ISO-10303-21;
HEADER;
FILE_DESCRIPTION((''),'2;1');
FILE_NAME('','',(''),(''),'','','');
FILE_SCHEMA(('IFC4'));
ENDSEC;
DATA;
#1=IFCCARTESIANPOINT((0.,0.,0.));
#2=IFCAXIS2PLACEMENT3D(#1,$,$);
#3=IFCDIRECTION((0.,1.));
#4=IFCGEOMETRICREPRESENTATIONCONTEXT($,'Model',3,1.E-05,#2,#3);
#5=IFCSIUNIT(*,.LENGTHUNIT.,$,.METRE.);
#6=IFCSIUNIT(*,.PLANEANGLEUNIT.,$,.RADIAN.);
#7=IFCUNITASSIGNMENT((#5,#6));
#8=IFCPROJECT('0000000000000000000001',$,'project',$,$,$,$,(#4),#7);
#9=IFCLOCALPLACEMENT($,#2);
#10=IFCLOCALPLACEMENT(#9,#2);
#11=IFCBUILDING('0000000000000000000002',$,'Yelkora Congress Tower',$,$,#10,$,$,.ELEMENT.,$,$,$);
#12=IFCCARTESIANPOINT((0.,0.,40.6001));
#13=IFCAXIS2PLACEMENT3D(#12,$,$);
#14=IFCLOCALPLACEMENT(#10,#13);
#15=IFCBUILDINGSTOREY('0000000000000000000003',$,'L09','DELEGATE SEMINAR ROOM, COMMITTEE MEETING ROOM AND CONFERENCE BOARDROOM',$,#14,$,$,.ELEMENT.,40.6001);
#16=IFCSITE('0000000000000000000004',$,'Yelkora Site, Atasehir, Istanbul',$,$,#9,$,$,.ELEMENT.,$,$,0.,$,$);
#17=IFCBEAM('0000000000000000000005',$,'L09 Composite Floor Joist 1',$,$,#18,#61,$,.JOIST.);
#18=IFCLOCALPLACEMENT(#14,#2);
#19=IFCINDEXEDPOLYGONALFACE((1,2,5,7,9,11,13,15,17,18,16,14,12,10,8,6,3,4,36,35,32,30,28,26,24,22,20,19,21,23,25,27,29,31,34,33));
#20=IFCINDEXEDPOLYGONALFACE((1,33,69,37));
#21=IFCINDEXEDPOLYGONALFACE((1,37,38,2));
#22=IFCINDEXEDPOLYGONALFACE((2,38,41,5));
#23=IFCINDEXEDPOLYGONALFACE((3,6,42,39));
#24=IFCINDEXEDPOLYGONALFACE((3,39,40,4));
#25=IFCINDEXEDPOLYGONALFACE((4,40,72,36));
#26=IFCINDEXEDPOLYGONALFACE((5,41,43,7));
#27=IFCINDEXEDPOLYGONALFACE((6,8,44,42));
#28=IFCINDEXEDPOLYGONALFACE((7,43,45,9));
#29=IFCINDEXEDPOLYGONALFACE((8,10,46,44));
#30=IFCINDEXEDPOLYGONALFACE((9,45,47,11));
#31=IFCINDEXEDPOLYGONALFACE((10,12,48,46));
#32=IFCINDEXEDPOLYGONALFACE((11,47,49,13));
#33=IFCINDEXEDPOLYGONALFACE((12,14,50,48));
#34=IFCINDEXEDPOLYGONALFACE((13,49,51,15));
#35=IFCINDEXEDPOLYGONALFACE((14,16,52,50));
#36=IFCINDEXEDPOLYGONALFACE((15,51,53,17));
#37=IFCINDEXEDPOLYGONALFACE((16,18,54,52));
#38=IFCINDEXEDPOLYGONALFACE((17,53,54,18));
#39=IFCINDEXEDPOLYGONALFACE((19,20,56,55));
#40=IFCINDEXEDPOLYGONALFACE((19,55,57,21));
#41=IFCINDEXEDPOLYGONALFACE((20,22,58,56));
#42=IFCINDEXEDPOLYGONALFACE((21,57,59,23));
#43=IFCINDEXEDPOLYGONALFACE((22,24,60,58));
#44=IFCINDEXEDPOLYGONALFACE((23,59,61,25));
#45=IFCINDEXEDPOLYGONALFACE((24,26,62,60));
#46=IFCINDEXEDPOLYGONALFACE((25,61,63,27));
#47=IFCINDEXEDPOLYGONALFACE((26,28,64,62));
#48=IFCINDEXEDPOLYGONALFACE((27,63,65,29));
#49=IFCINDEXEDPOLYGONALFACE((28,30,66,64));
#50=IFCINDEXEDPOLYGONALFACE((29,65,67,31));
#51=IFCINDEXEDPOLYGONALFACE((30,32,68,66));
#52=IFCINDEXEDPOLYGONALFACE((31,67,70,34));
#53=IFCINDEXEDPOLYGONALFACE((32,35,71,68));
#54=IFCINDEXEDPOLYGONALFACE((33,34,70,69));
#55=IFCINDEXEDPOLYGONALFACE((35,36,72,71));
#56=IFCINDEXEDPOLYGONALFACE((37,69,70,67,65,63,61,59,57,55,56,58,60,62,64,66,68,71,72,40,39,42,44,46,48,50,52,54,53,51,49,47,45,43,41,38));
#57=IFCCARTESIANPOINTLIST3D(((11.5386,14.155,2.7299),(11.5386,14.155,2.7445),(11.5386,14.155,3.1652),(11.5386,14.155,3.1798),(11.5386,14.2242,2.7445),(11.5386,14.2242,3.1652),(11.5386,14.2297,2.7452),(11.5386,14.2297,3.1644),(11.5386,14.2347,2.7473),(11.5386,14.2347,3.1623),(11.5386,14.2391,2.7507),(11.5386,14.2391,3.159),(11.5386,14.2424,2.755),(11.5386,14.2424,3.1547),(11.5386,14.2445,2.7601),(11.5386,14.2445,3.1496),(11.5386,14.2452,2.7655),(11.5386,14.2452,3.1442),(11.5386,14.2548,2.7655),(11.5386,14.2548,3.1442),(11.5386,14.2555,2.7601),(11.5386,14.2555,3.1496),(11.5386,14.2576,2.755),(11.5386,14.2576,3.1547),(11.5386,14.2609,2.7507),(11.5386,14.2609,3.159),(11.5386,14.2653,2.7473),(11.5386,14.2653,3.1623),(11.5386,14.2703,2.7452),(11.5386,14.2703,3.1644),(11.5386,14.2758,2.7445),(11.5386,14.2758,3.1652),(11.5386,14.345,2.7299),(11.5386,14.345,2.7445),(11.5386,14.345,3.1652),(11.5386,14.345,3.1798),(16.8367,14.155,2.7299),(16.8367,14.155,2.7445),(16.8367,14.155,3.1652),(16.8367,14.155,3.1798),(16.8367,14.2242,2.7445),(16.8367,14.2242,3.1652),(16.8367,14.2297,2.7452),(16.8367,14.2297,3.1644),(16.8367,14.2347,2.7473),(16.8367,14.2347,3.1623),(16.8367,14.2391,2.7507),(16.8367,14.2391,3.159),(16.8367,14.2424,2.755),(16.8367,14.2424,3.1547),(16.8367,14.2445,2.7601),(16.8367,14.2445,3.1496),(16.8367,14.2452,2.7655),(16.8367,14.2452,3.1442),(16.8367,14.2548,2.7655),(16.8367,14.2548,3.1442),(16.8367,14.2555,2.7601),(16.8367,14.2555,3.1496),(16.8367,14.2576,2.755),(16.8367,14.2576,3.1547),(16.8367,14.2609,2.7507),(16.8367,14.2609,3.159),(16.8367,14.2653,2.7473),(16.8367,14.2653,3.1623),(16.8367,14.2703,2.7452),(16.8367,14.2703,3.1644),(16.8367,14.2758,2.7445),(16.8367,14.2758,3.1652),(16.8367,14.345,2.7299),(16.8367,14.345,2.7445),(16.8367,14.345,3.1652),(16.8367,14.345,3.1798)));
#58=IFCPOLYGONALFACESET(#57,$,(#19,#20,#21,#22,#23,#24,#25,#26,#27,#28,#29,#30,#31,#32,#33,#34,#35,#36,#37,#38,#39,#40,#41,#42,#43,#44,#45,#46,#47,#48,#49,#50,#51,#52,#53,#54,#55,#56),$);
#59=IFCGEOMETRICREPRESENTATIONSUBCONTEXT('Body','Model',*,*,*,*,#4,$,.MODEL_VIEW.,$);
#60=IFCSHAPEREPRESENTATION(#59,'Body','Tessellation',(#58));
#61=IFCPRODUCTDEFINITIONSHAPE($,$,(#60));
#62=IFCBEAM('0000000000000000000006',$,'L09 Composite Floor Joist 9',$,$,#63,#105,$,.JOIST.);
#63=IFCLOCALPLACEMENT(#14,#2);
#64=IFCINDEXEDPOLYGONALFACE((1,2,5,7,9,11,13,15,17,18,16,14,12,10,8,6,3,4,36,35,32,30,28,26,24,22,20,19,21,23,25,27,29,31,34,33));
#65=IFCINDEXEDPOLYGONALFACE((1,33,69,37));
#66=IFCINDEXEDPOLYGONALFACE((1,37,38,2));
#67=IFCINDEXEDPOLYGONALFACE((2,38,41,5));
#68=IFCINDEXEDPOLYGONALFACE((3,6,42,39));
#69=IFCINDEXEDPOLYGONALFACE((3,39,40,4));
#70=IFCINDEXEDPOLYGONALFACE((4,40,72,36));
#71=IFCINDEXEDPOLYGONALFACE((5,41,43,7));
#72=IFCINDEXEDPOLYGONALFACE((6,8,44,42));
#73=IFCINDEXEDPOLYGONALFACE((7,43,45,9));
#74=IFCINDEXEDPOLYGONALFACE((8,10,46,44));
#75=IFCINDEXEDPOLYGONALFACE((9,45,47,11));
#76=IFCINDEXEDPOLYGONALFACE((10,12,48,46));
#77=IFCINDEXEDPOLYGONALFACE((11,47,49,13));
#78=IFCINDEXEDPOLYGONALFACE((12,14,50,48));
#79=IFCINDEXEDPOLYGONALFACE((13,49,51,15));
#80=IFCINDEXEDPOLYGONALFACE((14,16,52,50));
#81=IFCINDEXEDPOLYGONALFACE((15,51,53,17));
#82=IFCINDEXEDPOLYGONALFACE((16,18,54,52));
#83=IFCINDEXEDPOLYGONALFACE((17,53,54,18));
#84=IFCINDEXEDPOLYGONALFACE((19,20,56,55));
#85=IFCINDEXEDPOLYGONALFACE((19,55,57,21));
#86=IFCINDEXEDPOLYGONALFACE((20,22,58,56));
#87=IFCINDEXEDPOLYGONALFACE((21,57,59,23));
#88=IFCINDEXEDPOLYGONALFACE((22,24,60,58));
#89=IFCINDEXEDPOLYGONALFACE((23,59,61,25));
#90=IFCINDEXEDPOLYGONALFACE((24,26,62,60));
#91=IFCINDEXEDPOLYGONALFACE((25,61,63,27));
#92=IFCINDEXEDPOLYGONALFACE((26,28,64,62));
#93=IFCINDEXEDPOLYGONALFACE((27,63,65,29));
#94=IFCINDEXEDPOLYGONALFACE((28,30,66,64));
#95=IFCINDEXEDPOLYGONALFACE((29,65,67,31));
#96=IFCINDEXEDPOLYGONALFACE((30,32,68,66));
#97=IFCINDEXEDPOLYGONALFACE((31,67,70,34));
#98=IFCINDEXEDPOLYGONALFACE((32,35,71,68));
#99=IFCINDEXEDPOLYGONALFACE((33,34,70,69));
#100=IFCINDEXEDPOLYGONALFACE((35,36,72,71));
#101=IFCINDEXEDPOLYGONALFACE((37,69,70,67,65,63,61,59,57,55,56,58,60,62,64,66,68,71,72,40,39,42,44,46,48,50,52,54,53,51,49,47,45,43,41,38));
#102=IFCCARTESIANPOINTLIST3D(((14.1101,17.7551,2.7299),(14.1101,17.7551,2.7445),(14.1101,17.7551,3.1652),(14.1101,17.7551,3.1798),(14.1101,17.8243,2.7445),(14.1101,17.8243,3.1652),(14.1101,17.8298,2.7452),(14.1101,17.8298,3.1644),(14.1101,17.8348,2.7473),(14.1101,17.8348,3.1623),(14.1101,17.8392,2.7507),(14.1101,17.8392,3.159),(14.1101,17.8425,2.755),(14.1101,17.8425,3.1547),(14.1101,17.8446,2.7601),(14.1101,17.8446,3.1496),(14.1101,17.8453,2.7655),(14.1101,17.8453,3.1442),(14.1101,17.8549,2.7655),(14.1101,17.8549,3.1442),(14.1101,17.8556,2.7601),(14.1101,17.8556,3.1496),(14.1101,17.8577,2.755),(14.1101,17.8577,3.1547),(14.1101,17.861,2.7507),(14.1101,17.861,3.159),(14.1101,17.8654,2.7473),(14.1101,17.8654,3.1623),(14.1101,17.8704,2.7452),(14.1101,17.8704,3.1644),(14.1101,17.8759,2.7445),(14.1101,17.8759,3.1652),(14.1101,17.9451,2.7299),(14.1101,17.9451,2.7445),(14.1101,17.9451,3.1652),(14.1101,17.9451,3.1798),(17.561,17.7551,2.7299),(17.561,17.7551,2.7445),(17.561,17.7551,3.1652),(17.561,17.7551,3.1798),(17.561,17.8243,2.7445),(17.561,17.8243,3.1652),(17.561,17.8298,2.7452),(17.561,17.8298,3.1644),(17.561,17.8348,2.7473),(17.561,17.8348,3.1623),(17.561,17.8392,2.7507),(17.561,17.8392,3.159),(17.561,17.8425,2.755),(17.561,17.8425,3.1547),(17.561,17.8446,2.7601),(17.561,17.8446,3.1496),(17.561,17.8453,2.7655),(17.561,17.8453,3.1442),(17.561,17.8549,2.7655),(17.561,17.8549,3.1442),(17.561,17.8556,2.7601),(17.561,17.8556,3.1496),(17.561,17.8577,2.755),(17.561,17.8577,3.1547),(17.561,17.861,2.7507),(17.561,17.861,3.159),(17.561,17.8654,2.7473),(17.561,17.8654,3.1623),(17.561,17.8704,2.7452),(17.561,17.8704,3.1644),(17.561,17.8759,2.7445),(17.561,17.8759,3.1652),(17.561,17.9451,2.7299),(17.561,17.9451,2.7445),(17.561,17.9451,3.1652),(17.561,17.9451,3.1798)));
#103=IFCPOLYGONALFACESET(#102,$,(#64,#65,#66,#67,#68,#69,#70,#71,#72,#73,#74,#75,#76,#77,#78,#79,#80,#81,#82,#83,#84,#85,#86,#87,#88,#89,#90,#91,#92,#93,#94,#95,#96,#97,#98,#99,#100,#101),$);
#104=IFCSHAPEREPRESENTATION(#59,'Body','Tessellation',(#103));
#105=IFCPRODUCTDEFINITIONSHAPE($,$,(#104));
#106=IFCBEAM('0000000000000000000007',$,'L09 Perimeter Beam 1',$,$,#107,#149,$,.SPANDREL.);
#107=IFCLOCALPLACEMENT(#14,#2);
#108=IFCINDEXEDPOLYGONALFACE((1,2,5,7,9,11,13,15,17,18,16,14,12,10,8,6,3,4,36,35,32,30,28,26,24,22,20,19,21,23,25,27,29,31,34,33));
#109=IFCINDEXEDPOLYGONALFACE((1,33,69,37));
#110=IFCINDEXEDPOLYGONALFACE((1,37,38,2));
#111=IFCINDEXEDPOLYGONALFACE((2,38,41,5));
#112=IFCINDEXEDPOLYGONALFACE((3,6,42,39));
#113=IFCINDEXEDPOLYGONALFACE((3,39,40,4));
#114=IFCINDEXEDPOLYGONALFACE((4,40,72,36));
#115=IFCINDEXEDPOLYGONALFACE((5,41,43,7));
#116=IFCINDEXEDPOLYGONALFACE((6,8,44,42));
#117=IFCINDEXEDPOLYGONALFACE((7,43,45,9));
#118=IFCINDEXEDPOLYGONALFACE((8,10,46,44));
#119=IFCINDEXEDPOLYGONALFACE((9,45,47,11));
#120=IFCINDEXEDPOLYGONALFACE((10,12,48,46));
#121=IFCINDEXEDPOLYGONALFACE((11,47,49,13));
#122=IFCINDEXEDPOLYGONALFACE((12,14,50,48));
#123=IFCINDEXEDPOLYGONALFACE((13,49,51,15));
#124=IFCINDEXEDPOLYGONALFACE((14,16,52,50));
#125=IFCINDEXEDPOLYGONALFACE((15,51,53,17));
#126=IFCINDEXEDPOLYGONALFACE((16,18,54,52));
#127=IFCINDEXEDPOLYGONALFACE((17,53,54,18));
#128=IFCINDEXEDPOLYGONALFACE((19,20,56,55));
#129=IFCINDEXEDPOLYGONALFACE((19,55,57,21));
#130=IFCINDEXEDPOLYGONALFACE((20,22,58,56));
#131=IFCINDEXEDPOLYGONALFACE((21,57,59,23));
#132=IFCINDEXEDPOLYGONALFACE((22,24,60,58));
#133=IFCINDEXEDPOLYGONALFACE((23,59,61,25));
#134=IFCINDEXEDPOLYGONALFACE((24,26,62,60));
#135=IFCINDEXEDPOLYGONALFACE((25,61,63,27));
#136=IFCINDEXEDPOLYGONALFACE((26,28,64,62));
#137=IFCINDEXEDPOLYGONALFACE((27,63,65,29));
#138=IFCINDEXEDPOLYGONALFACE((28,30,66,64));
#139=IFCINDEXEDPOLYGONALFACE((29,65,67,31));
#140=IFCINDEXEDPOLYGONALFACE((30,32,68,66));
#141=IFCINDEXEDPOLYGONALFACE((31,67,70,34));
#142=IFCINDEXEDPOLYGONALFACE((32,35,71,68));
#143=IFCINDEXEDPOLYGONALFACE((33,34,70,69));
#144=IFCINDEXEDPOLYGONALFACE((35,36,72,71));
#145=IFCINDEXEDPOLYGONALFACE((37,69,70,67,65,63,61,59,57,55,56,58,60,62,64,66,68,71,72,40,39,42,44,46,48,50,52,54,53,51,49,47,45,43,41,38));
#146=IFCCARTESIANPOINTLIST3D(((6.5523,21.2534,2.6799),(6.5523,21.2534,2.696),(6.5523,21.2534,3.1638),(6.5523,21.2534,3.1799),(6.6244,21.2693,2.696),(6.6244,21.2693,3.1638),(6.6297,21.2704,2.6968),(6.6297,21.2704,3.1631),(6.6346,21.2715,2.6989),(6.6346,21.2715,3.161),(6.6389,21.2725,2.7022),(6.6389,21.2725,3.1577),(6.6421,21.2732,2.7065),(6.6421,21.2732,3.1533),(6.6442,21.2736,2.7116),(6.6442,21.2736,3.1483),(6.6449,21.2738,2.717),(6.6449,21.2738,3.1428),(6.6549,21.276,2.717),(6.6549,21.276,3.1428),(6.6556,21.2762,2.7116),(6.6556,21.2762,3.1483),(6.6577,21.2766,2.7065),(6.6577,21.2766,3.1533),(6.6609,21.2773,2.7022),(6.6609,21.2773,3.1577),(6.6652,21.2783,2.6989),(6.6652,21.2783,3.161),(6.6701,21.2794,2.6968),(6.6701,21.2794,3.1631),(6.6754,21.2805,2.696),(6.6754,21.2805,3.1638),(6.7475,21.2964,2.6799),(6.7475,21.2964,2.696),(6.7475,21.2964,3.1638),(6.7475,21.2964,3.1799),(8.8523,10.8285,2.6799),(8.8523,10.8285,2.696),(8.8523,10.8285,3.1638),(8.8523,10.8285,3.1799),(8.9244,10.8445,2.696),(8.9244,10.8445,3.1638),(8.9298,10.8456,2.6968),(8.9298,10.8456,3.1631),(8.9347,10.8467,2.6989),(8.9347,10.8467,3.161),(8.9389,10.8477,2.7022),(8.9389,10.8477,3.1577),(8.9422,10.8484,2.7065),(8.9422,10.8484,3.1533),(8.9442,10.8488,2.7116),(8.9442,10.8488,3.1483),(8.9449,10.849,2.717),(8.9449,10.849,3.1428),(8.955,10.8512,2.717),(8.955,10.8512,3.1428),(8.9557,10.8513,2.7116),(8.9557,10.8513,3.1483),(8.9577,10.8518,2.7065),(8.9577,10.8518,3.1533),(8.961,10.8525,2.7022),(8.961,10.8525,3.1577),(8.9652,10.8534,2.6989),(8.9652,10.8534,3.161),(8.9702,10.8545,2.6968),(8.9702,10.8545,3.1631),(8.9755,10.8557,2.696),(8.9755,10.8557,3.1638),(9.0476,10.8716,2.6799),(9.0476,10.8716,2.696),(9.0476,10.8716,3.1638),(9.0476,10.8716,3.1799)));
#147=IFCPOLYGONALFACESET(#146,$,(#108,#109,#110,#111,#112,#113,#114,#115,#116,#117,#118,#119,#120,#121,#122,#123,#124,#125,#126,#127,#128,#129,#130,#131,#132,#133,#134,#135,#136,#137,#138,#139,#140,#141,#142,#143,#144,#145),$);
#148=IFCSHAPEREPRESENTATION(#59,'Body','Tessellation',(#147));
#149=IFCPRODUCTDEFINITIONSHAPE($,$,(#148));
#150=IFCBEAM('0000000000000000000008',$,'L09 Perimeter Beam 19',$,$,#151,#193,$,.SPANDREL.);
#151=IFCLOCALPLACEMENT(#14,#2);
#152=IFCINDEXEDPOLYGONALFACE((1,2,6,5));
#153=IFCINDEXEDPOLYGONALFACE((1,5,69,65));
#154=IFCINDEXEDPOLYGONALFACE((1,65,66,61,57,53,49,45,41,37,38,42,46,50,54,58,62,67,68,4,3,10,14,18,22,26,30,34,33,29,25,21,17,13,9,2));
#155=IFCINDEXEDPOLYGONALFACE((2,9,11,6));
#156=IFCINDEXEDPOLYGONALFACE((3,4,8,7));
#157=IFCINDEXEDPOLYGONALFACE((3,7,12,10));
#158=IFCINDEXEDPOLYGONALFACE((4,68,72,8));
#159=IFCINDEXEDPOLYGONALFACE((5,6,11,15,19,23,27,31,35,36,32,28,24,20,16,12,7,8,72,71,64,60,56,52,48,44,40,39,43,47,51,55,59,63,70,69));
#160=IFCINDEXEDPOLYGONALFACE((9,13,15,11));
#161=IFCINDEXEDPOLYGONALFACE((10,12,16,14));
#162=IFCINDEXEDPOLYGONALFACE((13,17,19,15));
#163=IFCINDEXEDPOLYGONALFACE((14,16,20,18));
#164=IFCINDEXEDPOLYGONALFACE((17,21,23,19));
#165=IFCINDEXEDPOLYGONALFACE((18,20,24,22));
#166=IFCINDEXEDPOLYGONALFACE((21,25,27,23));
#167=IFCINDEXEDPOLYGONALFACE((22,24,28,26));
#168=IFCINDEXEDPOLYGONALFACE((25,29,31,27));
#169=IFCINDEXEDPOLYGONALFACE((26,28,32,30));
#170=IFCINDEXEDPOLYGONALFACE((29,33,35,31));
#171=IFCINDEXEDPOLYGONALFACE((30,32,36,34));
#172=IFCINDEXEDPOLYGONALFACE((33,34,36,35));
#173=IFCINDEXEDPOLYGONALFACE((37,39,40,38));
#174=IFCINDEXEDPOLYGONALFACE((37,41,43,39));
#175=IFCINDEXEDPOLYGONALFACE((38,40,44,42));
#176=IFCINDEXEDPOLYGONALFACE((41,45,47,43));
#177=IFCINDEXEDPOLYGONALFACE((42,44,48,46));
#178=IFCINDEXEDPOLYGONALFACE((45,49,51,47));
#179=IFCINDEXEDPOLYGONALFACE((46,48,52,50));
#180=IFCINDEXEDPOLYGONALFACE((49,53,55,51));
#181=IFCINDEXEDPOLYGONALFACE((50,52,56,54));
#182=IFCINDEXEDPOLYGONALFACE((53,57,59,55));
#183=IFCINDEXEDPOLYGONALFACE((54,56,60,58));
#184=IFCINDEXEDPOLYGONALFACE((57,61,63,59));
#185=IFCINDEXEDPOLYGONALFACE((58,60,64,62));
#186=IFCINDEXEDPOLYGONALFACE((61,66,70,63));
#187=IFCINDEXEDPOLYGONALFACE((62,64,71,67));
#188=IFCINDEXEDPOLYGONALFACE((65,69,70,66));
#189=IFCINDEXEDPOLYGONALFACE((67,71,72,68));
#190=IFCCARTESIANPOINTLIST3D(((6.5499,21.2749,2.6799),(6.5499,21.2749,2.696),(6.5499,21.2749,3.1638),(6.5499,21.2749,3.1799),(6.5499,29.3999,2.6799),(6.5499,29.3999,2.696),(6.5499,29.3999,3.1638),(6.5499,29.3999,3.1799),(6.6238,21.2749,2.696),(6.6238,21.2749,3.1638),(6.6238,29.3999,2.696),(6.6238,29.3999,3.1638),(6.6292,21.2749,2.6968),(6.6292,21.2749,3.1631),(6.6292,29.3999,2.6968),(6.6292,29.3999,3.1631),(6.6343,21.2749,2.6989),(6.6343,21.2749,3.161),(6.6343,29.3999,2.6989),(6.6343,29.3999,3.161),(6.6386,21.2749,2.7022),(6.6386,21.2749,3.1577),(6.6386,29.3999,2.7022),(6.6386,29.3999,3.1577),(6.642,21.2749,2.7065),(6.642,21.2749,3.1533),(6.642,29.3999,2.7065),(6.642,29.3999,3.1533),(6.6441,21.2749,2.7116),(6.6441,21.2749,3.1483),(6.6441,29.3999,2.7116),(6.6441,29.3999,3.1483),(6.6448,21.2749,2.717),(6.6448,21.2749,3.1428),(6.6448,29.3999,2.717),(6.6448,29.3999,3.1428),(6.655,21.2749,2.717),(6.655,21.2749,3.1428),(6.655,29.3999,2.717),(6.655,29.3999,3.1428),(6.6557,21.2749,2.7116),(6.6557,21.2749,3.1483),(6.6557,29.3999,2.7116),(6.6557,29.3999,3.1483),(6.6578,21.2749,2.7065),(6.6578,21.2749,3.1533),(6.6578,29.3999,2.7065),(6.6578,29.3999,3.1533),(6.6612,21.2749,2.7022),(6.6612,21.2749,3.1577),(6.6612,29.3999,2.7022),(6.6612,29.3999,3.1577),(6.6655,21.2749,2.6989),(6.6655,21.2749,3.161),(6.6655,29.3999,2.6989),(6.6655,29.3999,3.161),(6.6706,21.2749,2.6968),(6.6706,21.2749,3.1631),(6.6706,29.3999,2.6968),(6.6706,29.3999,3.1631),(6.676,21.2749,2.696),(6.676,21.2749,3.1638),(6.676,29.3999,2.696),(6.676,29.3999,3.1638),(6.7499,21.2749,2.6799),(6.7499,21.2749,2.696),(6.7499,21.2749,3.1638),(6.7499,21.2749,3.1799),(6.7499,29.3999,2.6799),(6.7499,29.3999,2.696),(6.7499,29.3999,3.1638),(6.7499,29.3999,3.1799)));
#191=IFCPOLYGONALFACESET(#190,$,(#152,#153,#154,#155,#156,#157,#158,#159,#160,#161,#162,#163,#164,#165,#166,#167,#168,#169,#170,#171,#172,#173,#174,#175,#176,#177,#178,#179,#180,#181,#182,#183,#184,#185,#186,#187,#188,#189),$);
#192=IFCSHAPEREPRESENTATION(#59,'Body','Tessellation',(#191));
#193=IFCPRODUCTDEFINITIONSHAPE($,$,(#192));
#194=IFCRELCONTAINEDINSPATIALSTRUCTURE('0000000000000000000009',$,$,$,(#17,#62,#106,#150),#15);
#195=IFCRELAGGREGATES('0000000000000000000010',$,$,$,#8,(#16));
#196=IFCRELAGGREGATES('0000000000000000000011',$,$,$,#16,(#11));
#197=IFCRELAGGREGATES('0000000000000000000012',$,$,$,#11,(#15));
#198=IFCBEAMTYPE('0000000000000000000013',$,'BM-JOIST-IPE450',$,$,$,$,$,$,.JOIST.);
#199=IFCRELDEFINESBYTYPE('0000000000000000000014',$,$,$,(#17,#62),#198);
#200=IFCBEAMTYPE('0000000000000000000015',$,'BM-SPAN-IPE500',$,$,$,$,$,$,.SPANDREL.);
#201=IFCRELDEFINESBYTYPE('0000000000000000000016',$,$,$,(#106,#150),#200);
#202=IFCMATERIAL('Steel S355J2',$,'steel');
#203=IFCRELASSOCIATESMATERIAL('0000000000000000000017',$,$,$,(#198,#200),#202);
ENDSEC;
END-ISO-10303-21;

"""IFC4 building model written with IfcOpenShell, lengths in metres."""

from ifc_helpers import new_model, si_unit, direction, frame, origin, origin_2d, place, context, subcontext, project, spatial, i_section, extrude, material, material_profile, profile_set, type_object, element, save


model = new_model("IFC4")

# Units and contexts
model_context = context("Model", 3, precision=1e-05, world=origin(), true_north=direction((0.0, 1.0)))
body_context = subcontext(model_context, "Body", "Model", "MODEL_VIEW")
ifc_project = project(units=[si_unit("LENGTHUNIT", "METRE"), si_unit("PLANEANGLEUNIT", "RADIAN")], contexts=[model_context])

# Site, building, storey
site_placement = place(None, origin())
site = spatial("IfcSite", under=ifc_project, at=site_placement, Name="Yelkora Site, Atasehir, Istanbul", CompositionType="ELEMENT", RefElevation=0.0)
building_placement = place(site_placement, origin())
building = spatial("IfcBuilding", under=site, at=building_placement, Name="Yelkora Congress Tower", CompositionType="ELEMENT")
storey_placement = place(building_placement, frame((0.0, 0.0, 40.6001)))
storey = spatial("IfcBuildingStorey", under=building, at=storey_placement, Name="L09", Description="DELEGATE SEMINAR ROOM, COMMITTEE MEETING ROOM AND CONFERENCE BOARDROOM", CompositionType="ELEMENT", Elevation=40.6001)

# Beams
ifc_material_1 = material(Name="Steel S355J2", Category="steel")
ifc_material_profile_1 = material_profile(ifc_material_1, i_section(OverallWidth=0.1899, OverallDepth=0.45, WebThickness=0.0095, FlangeThickness=0.0146, FilletRadius=0.021, at=origin_2d()), Name="IPE 450")
ifc_profile_set_1 = profile_set([ifc_material_profile_1], Name="Steel S355J2")
beam_type_1 = type_object("IfcBeamType", Name="BM-JOIST-IPE450", PredefinedType="JOIST", material=ifc_profile_set_1)
beam_1_placement = place(storey_placement, frame((11.5386, 14.25, 2.9548), z_axis=(1.0, 0.0, 0.0), x_axis=(0.0, 1.0, 0.0)))
element("IfcBeam", 1, at=beam_1_placement, inside=storey, type_object=beam_type_1, Name="L09 Composite Floor Joist 1", PredefinedType="JOIST", context=body_context, shape_type="SweptSolid", body=[
    extrude(i_section(OverallWidth=0.1899, OverallDepth=0.45, WebThickness=0.0095, FlangeThickness=0.0146, FilletRadius=0.021, at=origin_2d()), origin(), (0.0, 0.0, 1.0), 5.2981),
])
beam_2_placement = place(storey_placement, frame((14.1101, 17.8501, 2.9548), z_axis=(1.0, 0.0, 0.0), x_axis=(0.0, 1.0, 0.0)))
element("IfcBeam", 2, at=beam_2_placement, inside=storey, type_object=beam_type_1, Name="L09 Composite Floor Joist 9", PredefinedType="JOIST", context=body_context, shape_type="SweptSolid", body=[
    extrude(i_section(OverallWidth=0.1899, OverallDepth=0.45, WebThickness=0.0095, FlangeThickness=0.0146, FilletRadius=0.021, at=origin_2d()), origin(), (0.0, 0.0, 1.0), 3.4509),
])
ifc_material_profile_2 = material_profile(ifc_material_1, i_section(OverallWidth=0.2, OverallDepth=0.5, WebThickness=0.0103, FlangeThickness=0.0161, FilletRadius=0.021, at=origin_2d()), Name="IPE 500")
ifc_profile_set_2 = profile_set([ifc_material_profile_2], Name="Steel S355J2")
beam_type_2 = type_object("IfcBeamType", Name="BM-SPAN-IPE500", PredefinedType="SPANDREL", material=ifc_profile_set_2)
beam_3_placement = place(storey_placement, frame((6.6499, 21.2749, 2.9299), z_axis=(0.215451, -0.976515, 0.0), x_axis=(0.976515, 0.215451, 0.0)))
element("IfcBeam", 3, at=beam_3_placement, inside=storey, type_object=beam_type_2, Name="L09 Perimeter Beam 1", PredefinedType="SPANDREL", context=body_context, shape_type="SweptSolid", body=[
    extrude(i_section(OverallWidth=0.2, OverallDepth=0.5, WebThickness=0.0103, FlangeThickness=0.0161, FilletRadius=0.021, at=origin_2d()), origin(), (0.0, 0.0, 1.0), 10.6755),
])
beam_4_placement = place(storey_placement, frame((6.6499, 29.3999, 2.9299), z_axis=(0.0, -1.0, 0.0), x_axis=(1.0, 0.0, 0.0)))
element("IfcBeam", 4, at=beam_4_placement, inside=storey, type_object=beam_type_2, Name="L09 Perimeter Beam 19", PredefinedType="SPANDREL", context=body_context, shape_type="SweptSolid", body=[
    extrude(i_section(OverallWidth=0.2, OverallDepth=0.5, WebThickness=0.0103, FlangeThickness=0.0161, FilletRadius=0.021, at=origin_2d()), origin(), (0.0, 0.0, 1.0), 8.125),
])

save(model, "model.ifc")
